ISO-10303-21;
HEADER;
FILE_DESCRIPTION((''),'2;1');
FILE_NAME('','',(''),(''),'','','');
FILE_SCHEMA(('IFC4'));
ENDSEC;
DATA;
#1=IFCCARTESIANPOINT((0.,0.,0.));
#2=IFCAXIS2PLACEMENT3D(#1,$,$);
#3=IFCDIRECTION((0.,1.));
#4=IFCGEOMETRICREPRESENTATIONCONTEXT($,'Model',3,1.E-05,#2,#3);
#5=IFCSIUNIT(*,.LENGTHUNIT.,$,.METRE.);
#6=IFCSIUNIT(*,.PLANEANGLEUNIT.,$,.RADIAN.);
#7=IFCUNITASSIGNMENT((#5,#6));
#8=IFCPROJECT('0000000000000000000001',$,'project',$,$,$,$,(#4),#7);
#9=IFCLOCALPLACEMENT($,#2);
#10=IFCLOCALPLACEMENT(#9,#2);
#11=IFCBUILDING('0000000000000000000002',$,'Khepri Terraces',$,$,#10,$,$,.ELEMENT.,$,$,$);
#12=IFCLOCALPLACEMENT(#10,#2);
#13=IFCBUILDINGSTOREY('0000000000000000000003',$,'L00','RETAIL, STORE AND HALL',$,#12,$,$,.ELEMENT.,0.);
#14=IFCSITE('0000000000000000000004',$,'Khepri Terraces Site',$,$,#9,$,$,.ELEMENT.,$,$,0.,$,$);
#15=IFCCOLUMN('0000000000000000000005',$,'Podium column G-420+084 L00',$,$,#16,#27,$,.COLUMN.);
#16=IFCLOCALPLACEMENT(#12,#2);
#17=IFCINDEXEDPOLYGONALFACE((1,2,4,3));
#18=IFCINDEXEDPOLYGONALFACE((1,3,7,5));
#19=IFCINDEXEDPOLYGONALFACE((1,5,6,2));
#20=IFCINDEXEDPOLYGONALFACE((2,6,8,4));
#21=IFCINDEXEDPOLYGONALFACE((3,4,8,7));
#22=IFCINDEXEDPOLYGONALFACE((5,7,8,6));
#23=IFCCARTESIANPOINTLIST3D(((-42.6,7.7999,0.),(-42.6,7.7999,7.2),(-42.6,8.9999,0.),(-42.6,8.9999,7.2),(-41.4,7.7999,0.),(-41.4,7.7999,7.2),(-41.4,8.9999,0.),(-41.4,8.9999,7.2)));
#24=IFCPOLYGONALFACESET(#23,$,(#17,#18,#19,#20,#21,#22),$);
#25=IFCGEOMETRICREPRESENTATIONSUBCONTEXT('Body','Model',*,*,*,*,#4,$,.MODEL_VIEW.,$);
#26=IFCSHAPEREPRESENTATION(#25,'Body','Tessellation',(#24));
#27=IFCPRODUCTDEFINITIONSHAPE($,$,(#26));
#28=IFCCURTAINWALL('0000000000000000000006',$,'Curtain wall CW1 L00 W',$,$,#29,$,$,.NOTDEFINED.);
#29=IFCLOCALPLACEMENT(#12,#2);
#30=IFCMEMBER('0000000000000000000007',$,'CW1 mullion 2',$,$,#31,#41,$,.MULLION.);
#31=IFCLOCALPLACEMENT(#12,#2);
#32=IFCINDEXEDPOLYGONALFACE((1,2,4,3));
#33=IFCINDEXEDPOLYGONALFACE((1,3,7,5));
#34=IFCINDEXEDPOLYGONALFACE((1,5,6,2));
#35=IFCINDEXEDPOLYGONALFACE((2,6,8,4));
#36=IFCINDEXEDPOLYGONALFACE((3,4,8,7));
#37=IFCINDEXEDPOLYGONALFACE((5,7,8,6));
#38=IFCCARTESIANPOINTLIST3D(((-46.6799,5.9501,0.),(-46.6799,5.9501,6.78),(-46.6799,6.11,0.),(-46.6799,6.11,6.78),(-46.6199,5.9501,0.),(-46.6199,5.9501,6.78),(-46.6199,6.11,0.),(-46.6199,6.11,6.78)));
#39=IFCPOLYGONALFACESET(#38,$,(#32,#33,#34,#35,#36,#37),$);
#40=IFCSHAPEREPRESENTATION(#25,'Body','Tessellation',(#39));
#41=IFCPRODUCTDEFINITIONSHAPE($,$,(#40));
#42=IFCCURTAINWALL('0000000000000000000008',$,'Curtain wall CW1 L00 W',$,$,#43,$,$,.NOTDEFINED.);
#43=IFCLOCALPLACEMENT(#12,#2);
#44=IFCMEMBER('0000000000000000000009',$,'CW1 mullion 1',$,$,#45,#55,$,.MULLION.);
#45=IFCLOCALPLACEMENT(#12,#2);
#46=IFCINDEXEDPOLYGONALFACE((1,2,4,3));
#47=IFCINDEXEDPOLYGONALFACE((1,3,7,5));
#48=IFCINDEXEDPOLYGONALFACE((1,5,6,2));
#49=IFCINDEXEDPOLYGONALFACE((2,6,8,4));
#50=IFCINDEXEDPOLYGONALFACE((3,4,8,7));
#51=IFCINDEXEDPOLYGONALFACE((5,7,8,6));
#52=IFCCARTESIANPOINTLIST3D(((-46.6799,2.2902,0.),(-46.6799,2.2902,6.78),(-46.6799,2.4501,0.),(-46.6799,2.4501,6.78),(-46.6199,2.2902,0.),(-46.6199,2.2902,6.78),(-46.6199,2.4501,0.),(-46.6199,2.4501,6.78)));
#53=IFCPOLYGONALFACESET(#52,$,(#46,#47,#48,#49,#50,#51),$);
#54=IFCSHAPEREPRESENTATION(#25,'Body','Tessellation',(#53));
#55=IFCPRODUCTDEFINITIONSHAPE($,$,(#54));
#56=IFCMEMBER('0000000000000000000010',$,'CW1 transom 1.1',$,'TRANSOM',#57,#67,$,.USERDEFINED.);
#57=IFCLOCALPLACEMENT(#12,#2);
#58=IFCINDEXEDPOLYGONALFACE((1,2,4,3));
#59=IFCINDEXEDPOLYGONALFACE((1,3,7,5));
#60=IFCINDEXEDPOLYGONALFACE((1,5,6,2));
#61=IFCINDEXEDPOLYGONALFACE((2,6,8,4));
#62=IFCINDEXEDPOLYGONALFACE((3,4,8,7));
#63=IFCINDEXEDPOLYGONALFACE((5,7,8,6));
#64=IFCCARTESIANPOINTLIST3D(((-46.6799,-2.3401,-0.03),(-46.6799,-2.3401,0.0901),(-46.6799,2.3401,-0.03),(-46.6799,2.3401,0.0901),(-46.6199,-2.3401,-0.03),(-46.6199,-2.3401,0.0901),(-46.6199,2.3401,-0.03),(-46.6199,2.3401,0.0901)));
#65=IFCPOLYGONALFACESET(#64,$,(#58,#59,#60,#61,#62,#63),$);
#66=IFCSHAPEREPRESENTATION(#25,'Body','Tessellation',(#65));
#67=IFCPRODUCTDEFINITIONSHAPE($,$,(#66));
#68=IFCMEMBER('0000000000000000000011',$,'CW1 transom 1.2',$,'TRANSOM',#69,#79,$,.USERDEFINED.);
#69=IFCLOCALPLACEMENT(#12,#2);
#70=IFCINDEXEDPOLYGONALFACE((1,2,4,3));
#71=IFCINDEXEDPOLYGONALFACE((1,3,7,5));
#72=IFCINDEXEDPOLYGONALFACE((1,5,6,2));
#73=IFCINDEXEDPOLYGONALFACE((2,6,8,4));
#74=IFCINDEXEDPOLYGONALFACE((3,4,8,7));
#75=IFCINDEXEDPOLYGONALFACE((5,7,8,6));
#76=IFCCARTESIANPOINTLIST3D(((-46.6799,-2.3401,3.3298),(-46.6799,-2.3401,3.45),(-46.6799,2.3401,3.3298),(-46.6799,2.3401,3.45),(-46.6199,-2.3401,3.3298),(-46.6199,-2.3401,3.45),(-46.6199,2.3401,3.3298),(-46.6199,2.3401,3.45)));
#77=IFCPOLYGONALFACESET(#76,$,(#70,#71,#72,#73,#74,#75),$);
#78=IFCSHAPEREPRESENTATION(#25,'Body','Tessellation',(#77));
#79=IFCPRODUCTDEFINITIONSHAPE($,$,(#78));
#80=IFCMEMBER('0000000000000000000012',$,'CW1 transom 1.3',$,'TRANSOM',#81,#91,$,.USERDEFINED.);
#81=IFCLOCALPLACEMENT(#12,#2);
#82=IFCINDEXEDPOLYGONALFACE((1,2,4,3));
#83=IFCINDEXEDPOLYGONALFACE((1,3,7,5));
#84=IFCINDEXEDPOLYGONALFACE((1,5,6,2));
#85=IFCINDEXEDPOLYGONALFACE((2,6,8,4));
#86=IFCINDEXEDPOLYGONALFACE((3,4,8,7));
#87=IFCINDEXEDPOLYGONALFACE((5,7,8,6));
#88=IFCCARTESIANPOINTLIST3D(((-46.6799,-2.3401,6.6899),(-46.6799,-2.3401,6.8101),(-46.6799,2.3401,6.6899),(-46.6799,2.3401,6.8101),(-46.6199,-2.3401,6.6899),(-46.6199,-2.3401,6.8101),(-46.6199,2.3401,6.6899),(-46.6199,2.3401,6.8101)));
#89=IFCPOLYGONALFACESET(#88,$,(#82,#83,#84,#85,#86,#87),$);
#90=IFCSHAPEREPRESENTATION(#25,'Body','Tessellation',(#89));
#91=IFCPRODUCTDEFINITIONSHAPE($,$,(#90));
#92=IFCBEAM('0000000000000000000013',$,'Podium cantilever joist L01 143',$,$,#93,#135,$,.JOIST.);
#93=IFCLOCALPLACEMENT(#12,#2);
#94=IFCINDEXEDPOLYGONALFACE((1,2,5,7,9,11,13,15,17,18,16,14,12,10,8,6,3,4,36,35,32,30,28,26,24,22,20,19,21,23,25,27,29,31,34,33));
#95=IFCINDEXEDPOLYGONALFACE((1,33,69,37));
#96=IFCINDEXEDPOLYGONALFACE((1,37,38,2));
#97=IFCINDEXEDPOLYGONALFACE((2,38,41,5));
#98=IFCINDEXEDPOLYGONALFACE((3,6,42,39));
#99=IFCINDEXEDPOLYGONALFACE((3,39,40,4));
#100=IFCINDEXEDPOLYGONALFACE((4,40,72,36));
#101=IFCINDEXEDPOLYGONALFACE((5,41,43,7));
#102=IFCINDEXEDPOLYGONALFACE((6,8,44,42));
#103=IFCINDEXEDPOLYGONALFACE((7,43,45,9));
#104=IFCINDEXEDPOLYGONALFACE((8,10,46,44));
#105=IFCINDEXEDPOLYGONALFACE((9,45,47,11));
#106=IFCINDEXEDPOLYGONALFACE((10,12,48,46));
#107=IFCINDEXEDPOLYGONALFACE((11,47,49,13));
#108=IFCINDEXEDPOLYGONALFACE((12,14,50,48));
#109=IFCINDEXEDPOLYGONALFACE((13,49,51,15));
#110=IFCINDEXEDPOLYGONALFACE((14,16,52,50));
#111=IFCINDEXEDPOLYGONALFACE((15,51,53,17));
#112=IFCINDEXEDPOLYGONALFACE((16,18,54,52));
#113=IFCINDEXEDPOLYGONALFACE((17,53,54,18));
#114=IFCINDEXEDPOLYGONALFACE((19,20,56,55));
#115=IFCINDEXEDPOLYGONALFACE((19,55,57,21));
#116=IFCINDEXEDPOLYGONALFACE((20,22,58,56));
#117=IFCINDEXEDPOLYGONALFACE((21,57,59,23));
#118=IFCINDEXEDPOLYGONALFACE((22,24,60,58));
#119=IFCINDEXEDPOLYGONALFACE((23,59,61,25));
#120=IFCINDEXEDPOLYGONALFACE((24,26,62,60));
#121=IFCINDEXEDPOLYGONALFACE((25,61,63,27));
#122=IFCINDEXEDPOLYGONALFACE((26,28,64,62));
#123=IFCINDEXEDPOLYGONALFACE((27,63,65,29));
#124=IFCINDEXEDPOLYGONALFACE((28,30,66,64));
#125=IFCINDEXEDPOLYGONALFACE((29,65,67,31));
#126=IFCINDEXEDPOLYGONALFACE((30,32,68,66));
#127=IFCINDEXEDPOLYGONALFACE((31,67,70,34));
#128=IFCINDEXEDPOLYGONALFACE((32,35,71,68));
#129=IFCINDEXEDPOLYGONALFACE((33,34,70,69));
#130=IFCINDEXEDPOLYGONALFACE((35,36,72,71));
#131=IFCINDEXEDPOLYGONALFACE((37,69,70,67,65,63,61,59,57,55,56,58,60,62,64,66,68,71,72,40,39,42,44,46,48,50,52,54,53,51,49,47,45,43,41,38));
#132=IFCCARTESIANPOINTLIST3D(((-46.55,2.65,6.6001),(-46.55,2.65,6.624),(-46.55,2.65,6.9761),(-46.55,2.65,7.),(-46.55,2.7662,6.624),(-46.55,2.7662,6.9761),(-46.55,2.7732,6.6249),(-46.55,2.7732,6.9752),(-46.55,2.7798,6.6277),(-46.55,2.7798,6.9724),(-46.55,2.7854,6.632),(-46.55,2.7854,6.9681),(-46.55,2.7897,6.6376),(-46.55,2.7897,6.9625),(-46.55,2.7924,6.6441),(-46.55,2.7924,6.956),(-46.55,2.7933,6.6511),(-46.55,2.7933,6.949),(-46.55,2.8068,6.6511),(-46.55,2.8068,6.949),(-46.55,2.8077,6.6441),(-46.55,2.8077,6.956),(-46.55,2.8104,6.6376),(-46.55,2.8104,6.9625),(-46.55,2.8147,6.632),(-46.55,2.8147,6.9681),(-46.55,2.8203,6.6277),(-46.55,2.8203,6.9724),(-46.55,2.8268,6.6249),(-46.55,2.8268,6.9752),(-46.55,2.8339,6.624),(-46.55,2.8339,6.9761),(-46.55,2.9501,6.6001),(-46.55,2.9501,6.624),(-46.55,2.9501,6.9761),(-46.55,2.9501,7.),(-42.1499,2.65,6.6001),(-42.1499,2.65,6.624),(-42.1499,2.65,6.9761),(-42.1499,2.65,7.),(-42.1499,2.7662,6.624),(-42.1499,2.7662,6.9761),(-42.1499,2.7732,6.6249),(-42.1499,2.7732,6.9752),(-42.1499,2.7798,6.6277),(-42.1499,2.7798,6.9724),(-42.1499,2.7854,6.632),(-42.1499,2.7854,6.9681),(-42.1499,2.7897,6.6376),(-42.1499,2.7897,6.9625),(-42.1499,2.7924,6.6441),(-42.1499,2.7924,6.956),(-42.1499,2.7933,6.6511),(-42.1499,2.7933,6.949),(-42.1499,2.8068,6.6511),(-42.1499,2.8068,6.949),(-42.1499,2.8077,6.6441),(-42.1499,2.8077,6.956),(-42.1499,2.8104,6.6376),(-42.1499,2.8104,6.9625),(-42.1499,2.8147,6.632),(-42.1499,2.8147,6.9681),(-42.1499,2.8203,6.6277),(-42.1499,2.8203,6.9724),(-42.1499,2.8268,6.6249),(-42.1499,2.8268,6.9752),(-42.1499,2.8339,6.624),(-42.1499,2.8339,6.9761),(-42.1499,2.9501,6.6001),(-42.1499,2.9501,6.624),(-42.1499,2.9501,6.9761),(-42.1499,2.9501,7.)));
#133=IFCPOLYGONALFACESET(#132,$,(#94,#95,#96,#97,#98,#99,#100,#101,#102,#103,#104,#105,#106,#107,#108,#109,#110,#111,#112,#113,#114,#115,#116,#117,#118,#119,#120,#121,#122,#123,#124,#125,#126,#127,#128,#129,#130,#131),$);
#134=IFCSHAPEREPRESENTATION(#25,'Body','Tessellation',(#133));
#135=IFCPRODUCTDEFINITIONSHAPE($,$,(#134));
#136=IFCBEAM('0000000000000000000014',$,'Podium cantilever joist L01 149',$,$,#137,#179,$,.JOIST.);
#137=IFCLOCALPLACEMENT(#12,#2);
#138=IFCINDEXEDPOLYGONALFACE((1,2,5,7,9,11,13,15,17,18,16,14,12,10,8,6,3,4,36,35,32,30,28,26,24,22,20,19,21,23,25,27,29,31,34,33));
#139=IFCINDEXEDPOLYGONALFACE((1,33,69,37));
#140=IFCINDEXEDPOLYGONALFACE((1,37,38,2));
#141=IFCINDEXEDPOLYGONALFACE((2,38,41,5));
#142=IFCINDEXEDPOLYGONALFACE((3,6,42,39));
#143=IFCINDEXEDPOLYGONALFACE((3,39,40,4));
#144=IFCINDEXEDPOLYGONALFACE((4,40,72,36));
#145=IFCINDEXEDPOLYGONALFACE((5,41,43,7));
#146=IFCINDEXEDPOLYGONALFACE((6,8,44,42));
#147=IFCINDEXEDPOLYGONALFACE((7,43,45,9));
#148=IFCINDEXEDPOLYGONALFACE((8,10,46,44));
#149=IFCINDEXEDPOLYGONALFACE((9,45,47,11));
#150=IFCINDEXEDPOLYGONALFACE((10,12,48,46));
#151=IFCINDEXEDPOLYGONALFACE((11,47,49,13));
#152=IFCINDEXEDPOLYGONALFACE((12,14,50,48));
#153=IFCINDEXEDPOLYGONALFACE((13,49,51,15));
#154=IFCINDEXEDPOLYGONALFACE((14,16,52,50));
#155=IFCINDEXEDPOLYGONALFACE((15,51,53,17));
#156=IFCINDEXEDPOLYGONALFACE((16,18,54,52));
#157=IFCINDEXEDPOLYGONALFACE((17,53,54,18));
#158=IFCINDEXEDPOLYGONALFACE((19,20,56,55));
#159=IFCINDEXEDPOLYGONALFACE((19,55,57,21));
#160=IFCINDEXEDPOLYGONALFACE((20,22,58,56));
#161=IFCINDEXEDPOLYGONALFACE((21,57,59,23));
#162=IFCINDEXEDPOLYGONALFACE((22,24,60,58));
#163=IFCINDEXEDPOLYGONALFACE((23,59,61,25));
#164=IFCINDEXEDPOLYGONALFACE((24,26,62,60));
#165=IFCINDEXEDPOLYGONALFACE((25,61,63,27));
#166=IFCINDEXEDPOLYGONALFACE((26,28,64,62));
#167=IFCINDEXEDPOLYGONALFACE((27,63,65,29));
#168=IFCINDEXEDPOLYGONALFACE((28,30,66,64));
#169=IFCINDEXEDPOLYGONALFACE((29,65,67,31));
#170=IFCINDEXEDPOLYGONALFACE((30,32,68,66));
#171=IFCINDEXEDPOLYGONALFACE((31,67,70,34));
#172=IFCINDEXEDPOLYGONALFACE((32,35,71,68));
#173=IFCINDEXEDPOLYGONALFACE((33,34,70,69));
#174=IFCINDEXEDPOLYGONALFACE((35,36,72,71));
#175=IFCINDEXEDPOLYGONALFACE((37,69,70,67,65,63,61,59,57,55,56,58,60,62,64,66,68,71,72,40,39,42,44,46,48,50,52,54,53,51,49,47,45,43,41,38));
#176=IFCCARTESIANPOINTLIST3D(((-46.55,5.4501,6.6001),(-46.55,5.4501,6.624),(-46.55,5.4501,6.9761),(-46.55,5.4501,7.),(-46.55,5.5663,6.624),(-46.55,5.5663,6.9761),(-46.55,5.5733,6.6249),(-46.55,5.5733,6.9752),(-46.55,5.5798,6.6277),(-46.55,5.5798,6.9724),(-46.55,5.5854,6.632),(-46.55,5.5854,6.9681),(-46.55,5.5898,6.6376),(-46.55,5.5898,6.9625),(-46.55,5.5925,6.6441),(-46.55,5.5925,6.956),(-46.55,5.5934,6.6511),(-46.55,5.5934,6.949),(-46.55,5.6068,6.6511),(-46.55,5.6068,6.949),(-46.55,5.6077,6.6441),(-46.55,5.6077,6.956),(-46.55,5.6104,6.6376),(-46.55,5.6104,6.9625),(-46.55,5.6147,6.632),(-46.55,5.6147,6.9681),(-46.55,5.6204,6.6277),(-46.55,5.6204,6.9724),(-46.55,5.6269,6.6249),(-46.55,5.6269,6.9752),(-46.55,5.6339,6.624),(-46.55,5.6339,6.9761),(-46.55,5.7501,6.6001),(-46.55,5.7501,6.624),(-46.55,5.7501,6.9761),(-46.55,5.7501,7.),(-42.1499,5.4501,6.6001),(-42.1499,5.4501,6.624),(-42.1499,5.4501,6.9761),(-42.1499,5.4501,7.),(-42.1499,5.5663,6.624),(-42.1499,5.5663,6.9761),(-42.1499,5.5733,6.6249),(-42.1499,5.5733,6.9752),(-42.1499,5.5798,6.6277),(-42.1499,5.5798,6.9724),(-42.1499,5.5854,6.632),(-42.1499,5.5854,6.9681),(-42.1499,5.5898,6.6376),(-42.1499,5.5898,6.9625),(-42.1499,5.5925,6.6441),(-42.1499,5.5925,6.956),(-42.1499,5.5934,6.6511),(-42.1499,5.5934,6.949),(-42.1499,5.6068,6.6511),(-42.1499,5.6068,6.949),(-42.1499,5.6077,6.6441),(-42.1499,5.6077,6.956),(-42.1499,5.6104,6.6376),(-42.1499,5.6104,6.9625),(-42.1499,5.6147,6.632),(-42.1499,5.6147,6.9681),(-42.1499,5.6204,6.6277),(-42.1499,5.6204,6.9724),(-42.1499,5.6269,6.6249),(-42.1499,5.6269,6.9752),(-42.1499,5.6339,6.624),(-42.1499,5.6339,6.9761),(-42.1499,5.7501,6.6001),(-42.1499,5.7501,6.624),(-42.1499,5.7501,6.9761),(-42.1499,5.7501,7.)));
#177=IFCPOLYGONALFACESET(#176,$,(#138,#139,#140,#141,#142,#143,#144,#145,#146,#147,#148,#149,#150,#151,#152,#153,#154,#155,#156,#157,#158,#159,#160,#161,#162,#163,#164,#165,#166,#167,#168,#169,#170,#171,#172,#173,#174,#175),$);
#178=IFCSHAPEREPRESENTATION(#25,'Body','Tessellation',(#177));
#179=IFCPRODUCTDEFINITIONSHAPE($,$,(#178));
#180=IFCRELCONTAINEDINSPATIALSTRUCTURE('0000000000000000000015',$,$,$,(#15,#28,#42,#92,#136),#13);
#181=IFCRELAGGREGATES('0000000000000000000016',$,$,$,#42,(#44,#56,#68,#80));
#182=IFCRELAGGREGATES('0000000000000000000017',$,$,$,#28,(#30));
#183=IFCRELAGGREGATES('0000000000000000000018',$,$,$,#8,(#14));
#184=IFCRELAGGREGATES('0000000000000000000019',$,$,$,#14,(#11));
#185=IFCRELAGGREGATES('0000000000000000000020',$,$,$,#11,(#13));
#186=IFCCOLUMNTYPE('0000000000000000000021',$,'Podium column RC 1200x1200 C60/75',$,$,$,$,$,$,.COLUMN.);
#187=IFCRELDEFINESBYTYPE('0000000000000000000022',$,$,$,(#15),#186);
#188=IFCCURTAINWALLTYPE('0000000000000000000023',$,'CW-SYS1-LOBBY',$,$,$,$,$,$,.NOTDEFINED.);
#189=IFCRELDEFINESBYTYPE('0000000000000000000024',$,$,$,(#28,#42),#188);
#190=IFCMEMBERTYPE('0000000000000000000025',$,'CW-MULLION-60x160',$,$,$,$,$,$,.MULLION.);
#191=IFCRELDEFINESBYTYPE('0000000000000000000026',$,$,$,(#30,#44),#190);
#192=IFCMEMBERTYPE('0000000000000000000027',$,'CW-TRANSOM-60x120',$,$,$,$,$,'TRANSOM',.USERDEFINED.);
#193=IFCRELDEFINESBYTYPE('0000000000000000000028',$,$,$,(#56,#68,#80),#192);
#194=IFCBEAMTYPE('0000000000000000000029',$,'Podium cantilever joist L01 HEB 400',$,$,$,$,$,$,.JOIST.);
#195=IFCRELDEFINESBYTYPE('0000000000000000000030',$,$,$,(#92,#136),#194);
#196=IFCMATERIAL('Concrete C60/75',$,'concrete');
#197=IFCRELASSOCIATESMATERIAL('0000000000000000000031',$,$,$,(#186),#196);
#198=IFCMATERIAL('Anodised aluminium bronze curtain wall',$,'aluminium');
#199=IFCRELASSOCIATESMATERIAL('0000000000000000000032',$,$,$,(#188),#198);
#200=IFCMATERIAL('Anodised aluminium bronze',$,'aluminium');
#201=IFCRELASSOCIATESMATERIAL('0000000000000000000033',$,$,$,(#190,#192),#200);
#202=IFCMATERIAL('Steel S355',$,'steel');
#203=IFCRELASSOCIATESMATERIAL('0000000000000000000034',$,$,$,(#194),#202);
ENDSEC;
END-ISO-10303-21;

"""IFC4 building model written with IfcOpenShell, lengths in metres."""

from ifc_helpers import new_model, si_unit, direction, frame, origin, origin_2d, place, context, subcontext, project, spatial, rectangle, i_section, extrude, material, material_profile, profile_set, type_object, element, aggregate, save


model = new_model("IFC4")

# Units and contexts
model_context = context("Model", 3, precision=1e-05, world=origin(), true_north=direction((0.0, 1.0)))
body_context = subcontext(model_context, "Body", "Model", "MODEL_VIEW")
ifc_project = project(units=[si_unit("LENGTHUNIT", "METRE"), si_unit("PLANEANGLEUNIT", "RADIAN")], contexts=[model_context])

# Site, building, storey
site_placement = place(None, origin())
site = spatial("IfcSite", under=ifc_project, at=site_placement, Name="Khepri Terraces Site", CompositionType="ELEMENT", RefElevation=0.0)
building_placement = place(site_placement, origin())
building = spatial("IfcBuilding", under=site, at=building_placement, Name="Khepri Terraces", CompositionType="ELEMENT")
storey_placement = place(building_placement, origin())
storey = spatial("IfcBuildingStorey", under=building, at=storey_placement, Name="L00", Description="RETAIL, STORE AND HALL", CompositionType="ELEMENT", Elevation=0.0)

# Column
ifc_material_1 = material(Name="Concrete C60/75", Category="concrete")
ifc_material_profile_1 = material_profile(ifc_material_1, rectangle(XDim=1.2, YDim=1.2, at=origin_2d()), Name="Concrete C60/75", Category="concrete")
ifc_profile_set_1 = profile_set([ifc_material_profile_1], Name="Concrete C60/75")
column_type = type_object("IfcColumnType", Name="Podium column RC 1200x1200 C60/75", PredefinedType="COLUMN", material=ifc_profile_set_1)
column_placement = place(storey_placement, frame((-42.0, 8.3999, 0.0), z_axis=(0.0, 0.0, 1.0), x_axis=(1.0, 0.0, 0.0)))
element("IfcColumn", 1, at=column_placement, inside=storey, type_object=column_type, Name="Podium column G-420+084 L00", PredefinedType="COLUMN", context=body_context, shape_type="SweptSolid", body=[
    extrude(rectangle(XDim=1.2, YDim=1.2, at=origin_2d()), origin(), (0.0, 0.0, 1.0), 7.2),
])

# Curtain wall, member
ifc_material_2 = material(Name="Anodised aluminium bronze curtain wall", Category="aluminium")
curtain_wall_type = type_object("IfcCurtainWallType", Name="CW-SYS1-LOBBY", PredefinedType="NOTDEFINED", material=ifc_material_2)
curtain_wall_1_placement = place(storey_placement, origin())
curtain_wall_1 = element("IfcCurtainWall", 2, at=curtain_wall_1_placement, inside=storey, type_object=curtain_wall_type, Name="Curtain wall CW1 L00 W", PredefinedType="NOTDEFINED")
ifc_material_3 = material(Name="Anodised aluminium bronze", Category="aluminium")
ifc_material_profile_2 = material_profile(ifc_material_3, rectangle(XDim=0.0601, YDim=0.1599, at=origin_2d()), Name="Anodised aluminium bronze", Category="aluminium")
ifc_profile_set_2 = profile_set([ifc_material_profile_2], Name="Anodised aluminium bronze")
member_type_1 = type_object("IfcMemberType", Name="CW-MULLION-60x160", PredefinedType="MULLION", material=ifc_profile_set_2)
member_1_placement = place(storey_placement, frame((-46.6499, 6.03, 0.0), z_axis=(0.0, 0.0, 1.0), x_axis=(1.0, 0.0, 0.0)))
member_1 = element("IfcMember", 3, at=member_1_placement, type_object=member_type_1, Name="CW1 mullion 2", PredefinedType="MULLION", context=body_context, shape_type="SweptSolid", body=[
    extrude(rectangle(XDim=0.0601, YDim=0.1599, at=origin_2d()), origin(), (0.0, 0.0, 1.0), 6.78),
])

# Curtain wall, members
curtain_wall_2_placement = place(storey_placement, origin())
curtain_wall_2 = element("IfcCurtainWall", 4, at=curtain_wall_2_placement, inside=storey, type_object=curtain_wall_type, Name="Curtain wall CW1 L00 W", PredefinedType="NOTDEFINED")
member_2_placement = place(storey_placement, frame((-46.6499, 2.3701, 0.0), z_axis=(0.0, 0.0, 1.0), x_axis=(1.0, 0.0, 0.0)))
member_2 = element("IfcMember", 5, at=member_2_placement, type_object=member_type_1, Name="CW1 mullion 1", PredefinedType="MULLION", context=body_context, shape_type="SweptSolid", body=[
    extrude(rectangle(XDim=0.0601, YDim=0.1599, at=origin_2d()), origin(), (0.0, 0.0, 1.0), 6.78),
])
ifc_material_profile_3 = material_profile(ifc_material_3, rectangle(XDim=0.0601, YDim=0.1201, at=origin_2d()), Name="Anodised aluminium bronze", Category="aluminium")
ifc_profile_set_3 = profile_set([ifc_material_profile_3], Name="Anodised aluminium bronze")
member_type_2 = type_object("IfcMemberType", Name="CW-TRANSOM-60x120", ElementType="TRANSOM", PredefinedType="USERDEFINED", material=ifc_profile_set_3)
member_3_placement = place(storey_placement, frame((-46.6499, 2.3401, 0.03), z_axis=(0.0, -1.0, 0.0), x_axis=(1.0, 0.0, 0.0)))
member_3 = element("IfcMember", 6, at=member_3_placement, type_object=member_type_2, Name="CW1 transom 1.1", ObjectType="TRANSOM", PredefinedType="USERDEFINED", context=body_context, shape_type="SweptSolid", body=[
    extrude(rectangle(XDim=0.0601, YDim=0.1201, at=origin_2d()), origin(), (0.0, 0.0, 1.0), 4.6802),
])
member_4_placement = place(storey_placement, frame((-46.6499, 2.3401, 3.3899), z_axis=(0.0, -1.0, 0.0), x_axis=(1.0, 0.0, 0.0)))
member_4 = element("IfcMember", 7, at=member_4_placement, type_object=member_type_2, Name="CW1 transom 1.2", ObjectType="TRANSOM", PredefinedType="USERDEFINED", context=body_context, shape_type="SweptSolid", body=[
    extrude(rectangle(XDim=0.0601, YDim=0.1201, at=origin_2d()), origin(), (0.0, 0.0, 1.0), 4.6802),
])
member_5_placement = place(storey_placement, frame((-46.6499, 2.3401, 6.75), z_axis=(0.0, -1.0, 0.0), x_axis=(1.0, 0.0, 0.0)))
member_5 = element("IfcMember", 8, at=member_5_placement, type_object=member_type_2, Name="CW1 transom 1.3", ObjectType="TRANSOM", PredefinedType="USERDEFINED", context=body_context, shape_type="SweptSolid", body=[
    extrude(rectangle(XDim=0.0601, YDim=0.1201, at=origin_2d()), origin(), (0.0, 0.0, 1.0), 4.6802),
])
aggregate(curtain_wall_2, [member_2, member_3, member_4, member_5])

# Beams
ifc_material_4 = material(Name="Steel S355", Category="steel")
ifc_material_profile_4 = material_profile(ifc_material_4, i_section(OverallWidth=0.3, OverallDepth=0.3999, WebThickness=0.0134, FlangeThickness=0.0239, FilletRadius=0.0271, at=origin_2d()), Name="Steel S355", Category="steel")
ifc_profile_set_4 = profile_set([ifc_material_profile_4], Name="Steel S355")
beam_type_1 = type_object("IfcBeamType", Name="Podium cantilever joist L01 HEB 400", PredefinedType="JOIST", material=ifc_profile_set_4)
for number, where, z_axis, x_axis, name in (
    (9, (-46.55, 2.8, 6.8), (1.0, 0.0, 0.0), (0.0, 1.0, 0.0), "Podium cantilever joist L01 143"),
    (10, (-46.55, 5.6001, 6.8), (1.0, 0.0, 0.0), (0.0, 1.0, 0.0), "Podium cantilever joist L01 149"),
):
    element("IfcBeam", number, at=place(storey_placement, frame(where, z_axis=z_axis, x_axis=x_axis)), inside=storey, type_object=beam_type_1, Name=name, PredefinedType="JOIST", context=body_context, shape_type="SweptSolid", body=[
        extrude(i_section(OverallWidth=0.3, OverallDepth=0.3999, WebThickness=0.0134, FlangeThickness=0.0239, FilletRadius=0.0271, at=origin_2d()), origin(), (0.0, 0.0, 1.0), 4.4001),
    ])

aggregate(curtain_wall_1, [member_1])

save(model, "model.ifc")
